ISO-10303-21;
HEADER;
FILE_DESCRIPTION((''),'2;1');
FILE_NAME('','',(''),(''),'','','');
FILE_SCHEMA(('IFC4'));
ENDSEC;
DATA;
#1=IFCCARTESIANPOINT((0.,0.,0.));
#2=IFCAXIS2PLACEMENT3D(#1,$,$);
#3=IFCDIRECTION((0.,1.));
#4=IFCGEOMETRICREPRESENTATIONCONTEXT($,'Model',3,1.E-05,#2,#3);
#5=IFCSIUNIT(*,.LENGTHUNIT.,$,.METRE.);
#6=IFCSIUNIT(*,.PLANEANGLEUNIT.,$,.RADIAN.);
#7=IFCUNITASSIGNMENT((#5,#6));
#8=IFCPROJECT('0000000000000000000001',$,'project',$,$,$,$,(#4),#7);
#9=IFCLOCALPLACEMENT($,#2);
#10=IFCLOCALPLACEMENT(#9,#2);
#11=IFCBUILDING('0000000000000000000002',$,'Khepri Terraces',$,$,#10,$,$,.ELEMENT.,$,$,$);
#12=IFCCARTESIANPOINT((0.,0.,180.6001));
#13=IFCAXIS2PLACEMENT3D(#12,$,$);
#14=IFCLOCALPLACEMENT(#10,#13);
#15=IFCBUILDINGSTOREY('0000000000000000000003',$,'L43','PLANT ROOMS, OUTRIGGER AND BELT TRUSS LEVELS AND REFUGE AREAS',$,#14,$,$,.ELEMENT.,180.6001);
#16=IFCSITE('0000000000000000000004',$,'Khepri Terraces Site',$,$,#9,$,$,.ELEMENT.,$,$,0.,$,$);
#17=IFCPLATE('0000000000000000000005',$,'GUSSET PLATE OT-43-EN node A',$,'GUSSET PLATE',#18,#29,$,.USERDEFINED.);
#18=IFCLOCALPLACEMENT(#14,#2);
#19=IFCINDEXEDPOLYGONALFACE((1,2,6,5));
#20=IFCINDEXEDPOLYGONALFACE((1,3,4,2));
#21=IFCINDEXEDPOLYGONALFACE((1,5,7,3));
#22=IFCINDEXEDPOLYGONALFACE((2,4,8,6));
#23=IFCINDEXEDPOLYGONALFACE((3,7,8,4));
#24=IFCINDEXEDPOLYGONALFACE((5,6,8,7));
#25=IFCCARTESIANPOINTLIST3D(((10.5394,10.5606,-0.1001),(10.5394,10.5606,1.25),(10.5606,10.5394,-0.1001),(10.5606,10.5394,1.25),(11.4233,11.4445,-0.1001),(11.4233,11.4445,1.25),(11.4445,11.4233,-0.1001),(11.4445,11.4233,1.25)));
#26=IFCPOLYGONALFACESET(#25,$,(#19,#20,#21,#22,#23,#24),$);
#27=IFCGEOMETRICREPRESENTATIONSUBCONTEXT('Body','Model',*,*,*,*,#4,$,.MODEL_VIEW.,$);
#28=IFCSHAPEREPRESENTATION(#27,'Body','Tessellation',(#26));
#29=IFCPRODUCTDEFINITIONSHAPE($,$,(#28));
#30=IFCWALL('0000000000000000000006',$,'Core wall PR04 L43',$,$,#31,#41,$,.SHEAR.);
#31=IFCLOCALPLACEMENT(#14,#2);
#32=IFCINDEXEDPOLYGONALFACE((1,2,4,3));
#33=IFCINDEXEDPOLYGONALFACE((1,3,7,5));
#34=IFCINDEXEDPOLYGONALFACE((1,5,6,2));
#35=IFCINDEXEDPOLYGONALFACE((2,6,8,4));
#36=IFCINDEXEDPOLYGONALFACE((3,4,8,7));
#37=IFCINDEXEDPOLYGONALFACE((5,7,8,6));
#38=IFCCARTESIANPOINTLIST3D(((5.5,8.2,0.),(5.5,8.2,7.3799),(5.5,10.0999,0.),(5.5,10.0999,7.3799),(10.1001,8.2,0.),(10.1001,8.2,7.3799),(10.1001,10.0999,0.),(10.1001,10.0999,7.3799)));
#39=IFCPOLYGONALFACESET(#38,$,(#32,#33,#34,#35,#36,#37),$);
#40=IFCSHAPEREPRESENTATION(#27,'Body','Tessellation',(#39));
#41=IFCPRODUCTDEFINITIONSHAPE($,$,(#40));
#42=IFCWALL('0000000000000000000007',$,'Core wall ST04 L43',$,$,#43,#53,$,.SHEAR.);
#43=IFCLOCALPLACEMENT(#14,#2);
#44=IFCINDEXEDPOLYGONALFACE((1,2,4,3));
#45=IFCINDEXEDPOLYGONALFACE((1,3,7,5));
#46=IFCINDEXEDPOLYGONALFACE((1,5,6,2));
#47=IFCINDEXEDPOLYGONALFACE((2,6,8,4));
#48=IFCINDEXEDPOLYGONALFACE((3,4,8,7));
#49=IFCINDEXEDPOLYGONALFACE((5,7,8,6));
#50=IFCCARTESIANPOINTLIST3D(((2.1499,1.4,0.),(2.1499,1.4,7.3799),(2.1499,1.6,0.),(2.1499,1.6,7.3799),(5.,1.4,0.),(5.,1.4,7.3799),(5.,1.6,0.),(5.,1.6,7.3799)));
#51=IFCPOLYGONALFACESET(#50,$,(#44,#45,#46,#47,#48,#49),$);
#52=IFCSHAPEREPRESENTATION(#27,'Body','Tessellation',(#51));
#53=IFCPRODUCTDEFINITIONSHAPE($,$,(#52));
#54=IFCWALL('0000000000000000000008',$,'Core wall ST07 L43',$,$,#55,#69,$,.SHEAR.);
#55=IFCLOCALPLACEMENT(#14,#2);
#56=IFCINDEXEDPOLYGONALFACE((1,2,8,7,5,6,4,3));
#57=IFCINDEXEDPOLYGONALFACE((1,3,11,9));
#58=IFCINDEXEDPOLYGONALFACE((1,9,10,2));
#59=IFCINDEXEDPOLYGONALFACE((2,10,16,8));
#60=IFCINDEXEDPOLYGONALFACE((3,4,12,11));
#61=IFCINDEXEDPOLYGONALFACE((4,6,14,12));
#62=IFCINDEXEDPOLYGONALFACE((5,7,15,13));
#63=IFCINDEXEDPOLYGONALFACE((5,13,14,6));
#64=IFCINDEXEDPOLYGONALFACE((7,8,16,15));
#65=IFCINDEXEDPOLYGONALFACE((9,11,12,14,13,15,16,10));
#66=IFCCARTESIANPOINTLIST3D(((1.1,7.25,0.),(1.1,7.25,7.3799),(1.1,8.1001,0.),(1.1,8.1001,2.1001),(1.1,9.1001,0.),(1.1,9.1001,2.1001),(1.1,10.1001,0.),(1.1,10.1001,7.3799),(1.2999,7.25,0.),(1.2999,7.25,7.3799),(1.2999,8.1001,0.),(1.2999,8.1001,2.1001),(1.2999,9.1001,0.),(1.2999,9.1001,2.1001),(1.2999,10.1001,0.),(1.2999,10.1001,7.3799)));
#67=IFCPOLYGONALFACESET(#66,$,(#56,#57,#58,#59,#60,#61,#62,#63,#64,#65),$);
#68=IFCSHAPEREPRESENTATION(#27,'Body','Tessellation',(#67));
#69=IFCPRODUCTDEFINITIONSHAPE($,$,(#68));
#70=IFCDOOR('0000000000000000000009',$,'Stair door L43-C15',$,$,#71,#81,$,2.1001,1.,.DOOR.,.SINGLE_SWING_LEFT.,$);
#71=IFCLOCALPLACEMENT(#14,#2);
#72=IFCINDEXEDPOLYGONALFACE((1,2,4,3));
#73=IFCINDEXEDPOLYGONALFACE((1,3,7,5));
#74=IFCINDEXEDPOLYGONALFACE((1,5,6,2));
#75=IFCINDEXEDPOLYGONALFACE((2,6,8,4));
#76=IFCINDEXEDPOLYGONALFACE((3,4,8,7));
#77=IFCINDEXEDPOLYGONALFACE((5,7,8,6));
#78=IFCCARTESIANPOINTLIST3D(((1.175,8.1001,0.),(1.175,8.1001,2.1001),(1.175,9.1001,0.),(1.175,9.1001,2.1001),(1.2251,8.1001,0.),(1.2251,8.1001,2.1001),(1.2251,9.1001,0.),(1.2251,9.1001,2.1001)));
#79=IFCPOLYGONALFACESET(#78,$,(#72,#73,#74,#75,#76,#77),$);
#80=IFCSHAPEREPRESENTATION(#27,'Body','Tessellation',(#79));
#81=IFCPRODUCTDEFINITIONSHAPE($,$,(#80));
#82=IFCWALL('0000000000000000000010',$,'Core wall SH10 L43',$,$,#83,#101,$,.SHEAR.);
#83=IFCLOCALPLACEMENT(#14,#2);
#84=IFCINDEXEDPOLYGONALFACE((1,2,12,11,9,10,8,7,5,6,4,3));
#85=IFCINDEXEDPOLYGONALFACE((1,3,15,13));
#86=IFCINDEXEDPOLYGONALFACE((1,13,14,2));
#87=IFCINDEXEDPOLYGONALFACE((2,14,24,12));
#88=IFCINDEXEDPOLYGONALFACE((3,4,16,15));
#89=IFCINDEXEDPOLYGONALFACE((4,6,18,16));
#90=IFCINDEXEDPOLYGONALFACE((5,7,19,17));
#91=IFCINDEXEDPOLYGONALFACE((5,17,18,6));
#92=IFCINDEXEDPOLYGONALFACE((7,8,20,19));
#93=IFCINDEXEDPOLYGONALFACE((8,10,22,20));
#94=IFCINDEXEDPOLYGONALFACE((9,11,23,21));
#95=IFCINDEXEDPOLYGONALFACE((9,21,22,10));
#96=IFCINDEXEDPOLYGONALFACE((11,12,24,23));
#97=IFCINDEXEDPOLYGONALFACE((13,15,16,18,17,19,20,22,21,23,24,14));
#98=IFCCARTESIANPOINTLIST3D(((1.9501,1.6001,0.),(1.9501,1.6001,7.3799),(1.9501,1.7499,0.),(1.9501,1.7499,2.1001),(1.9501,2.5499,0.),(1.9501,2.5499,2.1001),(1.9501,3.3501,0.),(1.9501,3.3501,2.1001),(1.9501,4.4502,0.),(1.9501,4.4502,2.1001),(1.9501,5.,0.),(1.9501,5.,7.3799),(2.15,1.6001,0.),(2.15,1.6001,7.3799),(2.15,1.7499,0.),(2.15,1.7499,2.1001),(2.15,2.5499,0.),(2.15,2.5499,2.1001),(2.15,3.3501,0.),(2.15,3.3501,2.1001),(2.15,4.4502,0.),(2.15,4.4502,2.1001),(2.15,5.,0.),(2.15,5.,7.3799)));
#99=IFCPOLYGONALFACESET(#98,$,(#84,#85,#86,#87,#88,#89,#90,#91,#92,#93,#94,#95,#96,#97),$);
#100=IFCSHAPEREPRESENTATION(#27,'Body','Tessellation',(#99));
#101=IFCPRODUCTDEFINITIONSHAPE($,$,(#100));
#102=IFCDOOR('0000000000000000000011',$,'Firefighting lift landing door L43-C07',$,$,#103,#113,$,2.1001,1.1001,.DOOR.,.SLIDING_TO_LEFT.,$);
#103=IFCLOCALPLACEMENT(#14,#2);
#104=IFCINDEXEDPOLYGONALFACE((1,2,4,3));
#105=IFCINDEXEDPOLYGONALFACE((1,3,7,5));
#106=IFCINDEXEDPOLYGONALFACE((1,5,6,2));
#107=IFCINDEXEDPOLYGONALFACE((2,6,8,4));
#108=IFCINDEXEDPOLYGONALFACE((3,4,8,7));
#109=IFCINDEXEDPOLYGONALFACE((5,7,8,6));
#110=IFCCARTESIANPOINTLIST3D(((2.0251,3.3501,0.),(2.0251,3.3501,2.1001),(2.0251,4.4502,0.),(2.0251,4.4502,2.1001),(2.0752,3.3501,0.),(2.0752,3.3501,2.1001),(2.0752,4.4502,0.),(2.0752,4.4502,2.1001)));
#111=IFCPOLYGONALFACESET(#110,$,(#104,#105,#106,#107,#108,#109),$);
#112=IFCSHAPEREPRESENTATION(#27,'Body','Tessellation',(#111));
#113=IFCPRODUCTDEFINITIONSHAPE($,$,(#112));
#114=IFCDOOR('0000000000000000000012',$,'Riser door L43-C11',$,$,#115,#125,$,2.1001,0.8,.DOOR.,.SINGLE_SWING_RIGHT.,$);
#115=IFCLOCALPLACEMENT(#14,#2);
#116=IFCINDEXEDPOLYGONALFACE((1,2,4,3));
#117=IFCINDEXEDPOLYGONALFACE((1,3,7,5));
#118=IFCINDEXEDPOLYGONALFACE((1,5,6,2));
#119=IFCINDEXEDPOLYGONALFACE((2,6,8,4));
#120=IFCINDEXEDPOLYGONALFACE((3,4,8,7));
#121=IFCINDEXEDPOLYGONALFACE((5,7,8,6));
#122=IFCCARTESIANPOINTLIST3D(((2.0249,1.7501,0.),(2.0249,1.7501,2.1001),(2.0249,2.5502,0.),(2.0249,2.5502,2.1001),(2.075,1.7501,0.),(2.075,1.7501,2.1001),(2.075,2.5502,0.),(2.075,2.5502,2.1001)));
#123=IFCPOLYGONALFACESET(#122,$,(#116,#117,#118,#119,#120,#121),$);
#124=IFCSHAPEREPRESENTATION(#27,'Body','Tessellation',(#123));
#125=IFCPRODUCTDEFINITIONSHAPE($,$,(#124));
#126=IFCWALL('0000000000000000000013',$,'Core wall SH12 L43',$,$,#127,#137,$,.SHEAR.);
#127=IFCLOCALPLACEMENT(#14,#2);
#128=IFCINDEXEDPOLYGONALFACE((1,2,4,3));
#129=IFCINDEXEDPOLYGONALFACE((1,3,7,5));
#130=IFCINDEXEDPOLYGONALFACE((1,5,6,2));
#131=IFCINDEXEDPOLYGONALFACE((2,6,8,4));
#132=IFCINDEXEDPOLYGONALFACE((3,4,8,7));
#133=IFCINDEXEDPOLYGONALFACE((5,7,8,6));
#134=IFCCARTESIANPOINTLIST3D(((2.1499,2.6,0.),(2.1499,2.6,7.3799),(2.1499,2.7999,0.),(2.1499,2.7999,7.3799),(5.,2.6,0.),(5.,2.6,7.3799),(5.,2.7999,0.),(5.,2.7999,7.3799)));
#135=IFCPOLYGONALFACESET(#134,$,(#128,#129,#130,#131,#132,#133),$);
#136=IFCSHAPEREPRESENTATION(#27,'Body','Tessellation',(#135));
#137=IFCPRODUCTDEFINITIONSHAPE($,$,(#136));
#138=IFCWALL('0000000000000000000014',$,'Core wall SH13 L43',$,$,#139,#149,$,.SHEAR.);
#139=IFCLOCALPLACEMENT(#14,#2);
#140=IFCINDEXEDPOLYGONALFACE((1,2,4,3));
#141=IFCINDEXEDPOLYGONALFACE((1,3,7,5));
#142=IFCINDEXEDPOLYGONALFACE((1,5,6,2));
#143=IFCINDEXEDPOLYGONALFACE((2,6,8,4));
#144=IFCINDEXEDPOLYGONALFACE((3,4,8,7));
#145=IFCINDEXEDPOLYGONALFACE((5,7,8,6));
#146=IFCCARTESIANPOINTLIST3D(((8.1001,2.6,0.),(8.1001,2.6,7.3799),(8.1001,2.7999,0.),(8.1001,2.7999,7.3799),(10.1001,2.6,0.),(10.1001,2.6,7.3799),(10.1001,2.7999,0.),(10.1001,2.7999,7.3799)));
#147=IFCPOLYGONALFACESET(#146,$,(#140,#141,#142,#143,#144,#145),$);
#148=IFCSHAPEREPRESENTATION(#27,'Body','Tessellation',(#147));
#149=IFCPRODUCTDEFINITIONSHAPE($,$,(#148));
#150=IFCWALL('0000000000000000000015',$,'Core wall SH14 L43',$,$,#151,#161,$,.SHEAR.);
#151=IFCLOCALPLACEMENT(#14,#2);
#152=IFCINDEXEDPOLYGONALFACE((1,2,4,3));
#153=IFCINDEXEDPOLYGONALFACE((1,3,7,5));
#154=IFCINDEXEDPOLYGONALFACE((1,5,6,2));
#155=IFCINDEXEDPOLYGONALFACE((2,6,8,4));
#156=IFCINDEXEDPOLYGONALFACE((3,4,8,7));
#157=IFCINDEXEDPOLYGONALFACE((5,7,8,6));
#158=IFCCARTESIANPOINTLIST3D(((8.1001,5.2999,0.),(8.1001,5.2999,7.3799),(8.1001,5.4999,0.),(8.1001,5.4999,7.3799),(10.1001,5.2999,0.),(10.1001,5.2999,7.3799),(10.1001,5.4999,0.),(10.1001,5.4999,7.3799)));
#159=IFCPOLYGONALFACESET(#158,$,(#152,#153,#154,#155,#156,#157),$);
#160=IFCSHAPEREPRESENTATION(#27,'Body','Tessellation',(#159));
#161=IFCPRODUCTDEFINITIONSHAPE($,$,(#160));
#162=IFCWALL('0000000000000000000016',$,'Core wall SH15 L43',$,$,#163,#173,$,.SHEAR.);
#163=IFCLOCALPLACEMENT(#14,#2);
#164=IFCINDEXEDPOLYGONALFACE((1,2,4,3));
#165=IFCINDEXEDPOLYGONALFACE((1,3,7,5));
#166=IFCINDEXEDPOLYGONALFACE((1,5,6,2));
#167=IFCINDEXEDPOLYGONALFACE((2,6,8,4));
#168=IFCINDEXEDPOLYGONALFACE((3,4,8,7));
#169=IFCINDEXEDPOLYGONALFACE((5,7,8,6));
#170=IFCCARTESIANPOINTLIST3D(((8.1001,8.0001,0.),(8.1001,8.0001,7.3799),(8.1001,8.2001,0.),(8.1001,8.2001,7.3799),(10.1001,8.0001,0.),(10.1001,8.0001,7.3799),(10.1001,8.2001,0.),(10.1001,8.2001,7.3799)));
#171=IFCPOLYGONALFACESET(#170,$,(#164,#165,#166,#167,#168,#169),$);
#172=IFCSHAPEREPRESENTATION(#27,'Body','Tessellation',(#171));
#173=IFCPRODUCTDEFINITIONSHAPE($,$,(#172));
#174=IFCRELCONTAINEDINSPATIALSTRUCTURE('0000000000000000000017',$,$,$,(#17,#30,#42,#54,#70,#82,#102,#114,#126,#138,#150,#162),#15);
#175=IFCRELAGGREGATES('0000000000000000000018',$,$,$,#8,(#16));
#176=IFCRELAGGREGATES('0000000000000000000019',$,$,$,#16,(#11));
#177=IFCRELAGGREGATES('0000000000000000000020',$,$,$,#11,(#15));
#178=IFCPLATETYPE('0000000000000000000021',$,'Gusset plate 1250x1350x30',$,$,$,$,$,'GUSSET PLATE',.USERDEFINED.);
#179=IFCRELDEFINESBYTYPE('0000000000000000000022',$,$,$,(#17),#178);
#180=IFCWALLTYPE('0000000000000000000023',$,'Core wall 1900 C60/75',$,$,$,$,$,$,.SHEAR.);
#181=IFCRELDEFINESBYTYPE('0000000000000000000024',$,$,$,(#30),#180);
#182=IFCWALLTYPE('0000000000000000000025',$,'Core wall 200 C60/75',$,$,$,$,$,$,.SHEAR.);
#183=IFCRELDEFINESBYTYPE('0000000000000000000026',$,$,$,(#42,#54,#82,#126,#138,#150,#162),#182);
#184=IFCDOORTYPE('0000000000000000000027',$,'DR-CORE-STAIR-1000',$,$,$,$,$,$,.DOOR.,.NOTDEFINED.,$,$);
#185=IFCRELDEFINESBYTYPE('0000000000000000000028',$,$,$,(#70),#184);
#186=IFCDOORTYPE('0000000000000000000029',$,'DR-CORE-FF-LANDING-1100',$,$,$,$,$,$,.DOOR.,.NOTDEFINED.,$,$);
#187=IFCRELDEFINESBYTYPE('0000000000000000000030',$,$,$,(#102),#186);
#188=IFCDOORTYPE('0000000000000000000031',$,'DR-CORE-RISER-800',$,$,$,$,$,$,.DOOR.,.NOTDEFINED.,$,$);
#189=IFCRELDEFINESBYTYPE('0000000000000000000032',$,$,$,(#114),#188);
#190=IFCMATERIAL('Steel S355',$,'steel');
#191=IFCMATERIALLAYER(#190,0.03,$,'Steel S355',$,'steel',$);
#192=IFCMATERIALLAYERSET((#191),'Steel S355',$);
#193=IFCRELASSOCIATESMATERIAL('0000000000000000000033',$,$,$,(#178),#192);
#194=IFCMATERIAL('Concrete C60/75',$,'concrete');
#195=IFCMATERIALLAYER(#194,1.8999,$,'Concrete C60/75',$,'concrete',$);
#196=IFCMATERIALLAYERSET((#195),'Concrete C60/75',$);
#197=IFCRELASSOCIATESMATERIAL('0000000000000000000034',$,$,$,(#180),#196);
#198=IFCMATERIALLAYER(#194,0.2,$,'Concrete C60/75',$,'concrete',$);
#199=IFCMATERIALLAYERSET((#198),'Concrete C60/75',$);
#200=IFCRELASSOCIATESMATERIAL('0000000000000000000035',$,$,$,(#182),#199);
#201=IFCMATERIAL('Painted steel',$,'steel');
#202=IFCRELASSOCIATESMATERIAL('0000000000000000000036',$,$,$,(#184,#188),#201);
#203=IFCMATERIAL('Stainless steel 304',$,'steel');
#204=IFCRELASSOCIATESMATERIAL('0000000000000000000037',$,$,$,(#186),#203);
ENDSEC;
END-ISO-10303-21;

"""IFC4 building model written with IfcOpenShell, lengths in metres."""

from ifc_helpers import new_model, si_unit, direction, frame, frame_2d, origin, origin_2d, place, context, subcontext, project, spatial, rectangle, extrude, material, layer, layer_set, type_object, element, fill, save


model = new_model("IFC4")

# Units and contexts
model_context = context("Model", 3, precision=1e-05, world=origin(), true_north=direction((0.0, 1.0)))
body_context = subcontext(model_context, "Body", "Model", "MODEL_VIEW")
ifc_project = project(units=[si_unit("LENGTHUNIT", "METRE"), si_unit("PLANEANGLEUNIT", "RADIAN")], contexts=[model_context])

# Site, building, storey
site_placement = place(None, origin())
site = spatial("IfcSite", under=ifc_project, at=site_placement, Name="Khepri Terraces Site", CompositionType="ELEMENT", RefElevation=0.0)
building_placement = place(site_placement, origin())
building = spatial("IfcBuilding", under=site, at=building_placement, Name="Khepri Terraces", CompositionType="ELEMENT")
storey_placement = place(building_placement, frame((0.0, 0.0, 180.6001)))
storey = spatial("IfcBuildingStorey", under=building, at=storey_placement, Name="L43", Description="PLANT ROOMS, OUTRIGGER AND BELT TRUSS LEVELS AND REFUGE AREAS", CompositionType="ELEMENT", Elevation=180.6001)

# Shared definitions
ifc_material_1 = material(Name="Steel S355", Category="steel")

# Plate
ifc_layer_1 = layer(ifc_material_1, 0.03, Name="Steel S355", Category="steel")
ifc_layer_set_1 = layer_set([ifc_layer_1], Name="Steel S355")
plate_type_1 = type_object("IfcPlateType", Name="Gusset plate 1250x1350x30", ElementType="GUSSET PLATE", PredefinedType="USERDEFINED", material=ifc_layer_set_1)
plate_placement = place(storey_placement, frame((10.9919, 10.9919, -0.1001), z_axis=(0.0, 0.0, 1.0), x_axis=(0.707107, 0.707107, 0.0)))
element("IfcPlate", 1, at=plate_placement, inside=storey, type_object=plate_type_1, Name="GUSSET PLATE OT-43-EN node A", ObjectType="GUSSET PLATE", PredefinedType="USERDEFINED", context=body_context, shape_type="SweptSolid", body=[
    extrude(rectangle(XDim=1.25, YDim=0.03, at=origin_2d()), origin(), (0.0, 0.0, 1.0), 1.3501),
])

# Walls
ifc_material_2 = material(Name="Concrete C60/75", Category="concrete")
ifc_layer_2 = layer(ifc_material_2, 1.8999, Name="Concrete C60/75", Category="concrete")
ifc_layer_set_2 = layer_set([ifc_layer_2], Name="Concrete C60/75")
wall_type_1 = type_object("IfcWallType", Name="Core wall 1900 C60/75", PredefinedType="SHEAR", material=ifc_layer_set_2)
wall_1_placement = place(storey_placement, frame((5.5, 9.1499, 0.0), z_axis=(0.0, 0.0, 1.0), x_axis=(1.0, 0.0, 0.0)))
element("IfcWall", 2, at=wall_1_placement, inside=storey, type_object=wall_type_1, Name="Core wall PR04 L43", PredefinedType="SHEAR", context=body_context, shape_type="SweptSolid", body=[
    extrude(rectangle(XDim=4.6001, YDim=1.8999, at=frame_2d((2.3, 0.0))), origin(), (0.0, 0.0, 1.0), 7.3799),
])
ifc_layer_3 = layer(ifc_material_2, 0.2, Name="Concrete C60/75", Category="concrete")
ifc_layer_set_3 = layer_set([ifc_layer_3], Name="Concrete C60/75")
wall_type_2 = type_object("IfcWallType", Name="Core wall 200 C60/75", PredefinedType="SHEAR", material=ifc_layer_set_3)
wall_2_placement = place(storey_placement, frame((2.1499, 1.5, 0.0), z_axis=(0.0, 0.0, 1.0), x_axis=(1.0, 0.0, 0.0)))
element("IfcWall", 3, at=wall_2_placement, inside=storey, type_object=wall_type_2, Name="Core wall ST04 L43", PredefinedType="SHEAR", context=body_context, shape_type="SweptSolid", body=[
    extrude(rectangle(XDim=2.8501, YDim=0.2, at=frame_2d((1.425, 0.0))), origin(), (0.0, 0.0, 1.0), 7.3799),
])

# Wall, opening, door
wall_3_placement = place(storey_placement, frame((1.2, 7.25, 0.0), z_axis=(0.0, 0.0, 1.0), x_axis=(0.0, 1.0, 0.0)))
wall_3 = element("IfcWall", 4, at=wall_3_placement, inside=storey, type_object=wall_type_2, Name="Core wall ST07 L43", PredefinedType="SHEAR", context=body_context, shape_type="SweptSolid", body=[
    extrude(rectangle(XDim=2.8501, YDim=0.2, at=frame_2d((1.425, 0.0))), origin(), (0.0, 0.0, 1.0), 7.3799),
])
opening_1_placement = place(wall_3_placement, frame((0.8501, 0.0, 0.0)))
opening_1 = element("IfcOpeningElement", 5, at=opening_1_placement, cuts=wall_3, PredefinedType="OPENING", context=body_context, shape_type="SweptSolid", body=[
    extrude(rectangle(XDim=1.0, YDim=2.1001, at=frame_2d((0.5, 1.05))), frame((0.0, 0.1099, 0.0), z_axis=(0.0, -1.0, 0.0), x_axis=(1.0, 0.0, 0.0)), (0.0, 0.0, 1.0), 0.22),
])
ifc_material_3 = material(Name="Painted steel", Category="steel")
door_type_1 = type_object("IfcDoorType", Name="DR-CORE-STAIR-1000", OperationType="NOTDEFINED", PredefinedType="DOOR", material=ifc_material_3)
door_1_placement = place(opening_1_placement, origin())
door_1 = element("IfcDoor", 6, at=door_1_placement, inside=storey, type_object=door_type_1, Name="Stair door L43-C15", OperationType="SINGLE_SWING_LEFT", OverallHeight=2.1001, OverallWidth=1.0, PredefinedType="DOOR", context=body_context, shape_type="SweptSolid", body=[
    extrude(rectangle(XDim=1.0, YDim=2.1001, at=frame_2d((0.5, 1.05))), frame((0.0, 0.0249, 0.0), z_axis=(0.0, -1.0, 0.0), x_axis=(1.0, 0.0, 0.0)), (0.0, 0.0, 1.0), 0.05),
])
fill(opening_1, door_1)

# Wall, openings, doors
wall_4_placement = place(storey_placement, frame((2.05, 1.6001, 0.0), z_axis=(0.0, 0.0, 1.0), x_axis=(0.0, 1.0, 0.0)))
wall_4 = element("IfcWall", 7, at=wall_4_placement, inside=storey, type_object=wall_type_2, Name="Core wall SH10 L43", PredefinedType="SHEAR", context=body_context, shape_type="SweptSolid", body=[
    extrude(rectangle(XDim=3.3999, YDim=0.2, at=frame_2d((1.7, 0.0))), origin(), (0.0, 0.0, 1.0), 7.3799),
])
opening_2_placement = place(wall_4_placement, frame((1.75, 0.0, 0.0)))
opening_2 = element("IfcOpeningElement", 8, at=opening_2_placement, cuts=wall_4, PredefinedType="OPENING", context=body_context, shape_type="SweptSolid", body=[
    extrude(rectangle(XDim=1.1001, YDim=2.1001, at=frame_2d((0.55, 1.05))), frame((0.0, 0.1099, 0.0), z_axis=(0.0, -1.0, 0.0), x_axis=(1.0, 0.0, 0.0)), (0.0, 0.0, 1.0), 0.22),
])
opening_3_placement = place(wall_4_placement, frame((0.1499, 0.0, 0.0)))
opening_3 = element("IfcOpeningElement", 9, at=opening_3_placement, cuts=wall_4, PredefinedType="OPENING", context=body_context, shape_type="SweptSolid", body=[
    extrude(rectangle(XDim=0.8, YDim=2.1001, at=frame_2d((0.3999, 1.05))), frame((0.0, 0.1099, 0.0), z_axis=(0.0, -1.0, 0.0), x_axis=(1.0, 0.0, 0.0)), (0.0, 0.0, 1.0), 0.22),
])
ifc_material_4 = material(Name="Stainless steel 304", Category="steel")
door_type_2 = type_object("IfcDoorType", Name="DR-CORE-FF-LANDING-1100", OperationType="NOTDEFINED", PredefinedType="DOOR", material=ifc_material_4)
door_2_placement = place(opening_2_placement, origin())
door_2 = element("IfcDoor", 10, at=door_2_placement, inside=storey, type_object=door_type_2, Name="Firefighting lift landing door L43-C07", OperationType="SLIDING_TO_LEFT", OverallHeight=2.1001, OverallWidth=1.1001, PredefinedType="DOOR", context=body_context, shape_type="SweptSolid", body=[
    extrude(rectangle(XDim=1.1001, YDim=2.1001, at=frame_2d((0.55, 1.05))), frame((0.0, 0.0249, 0.0), z_axis=(0.0, -1.0, 0.0), x_axis=(1.0, 0.0, 0.0)), (0.0, 0.0, 1.0), 0.05),
])
fill(opening_2, door_2)
door_type_3 = type_object("IfcDoorType", Name="DR-CORE-RISER-800", OperationType="NOTDEFINED", PredefinedType="DOOR", material=ifc_material_3)
door_3_placement = place(opening_3_placement, frame((0.8, 0.0, 0.0), z_axis=(0.0, 0.0, 1.0), x_axis=(-1.0, 0.0, 0.0)))
door_3 = element("IfcDoor", 11, at=door_3_placement, inside=storey, type_object=door_type_3, Name="Riser door L43-C11", OperationType="SINGLE_SWING_RIGHT", OverallHeight=2.1001, OverallWidth=0.8, PredefinedType="DOOR", context=body_context, shape_type="SweptSolid", body=[
    extrude(rectangle(XDim=0.8, YDim=2.1001, at=frame_2d((0.3999, 1.05))), frame((0.0, 0.0249, 0.0), z_axis=(0.0, -1.0, 0.0), x_axis=(1.0, 0.0, 0.0)), (0.0, 0.0, 1.0), 0.05),
])
fill(opening_3, door_3)

# Walls
wall_5_placement = place(storey_placement, frame((2.1499, 2.7, 0.0), z_axis=(0.0, 0.0, 1.0), x_axis=(1.0, 0.0, 0.0)))
element("IfcWall", 12, at=wall_5_placement, inside=storey, type_object=wall_type_2, Name="Core wall SH12 L43", PredefinedType="SHEAR", context=body_context, shape_type="SweptSolid", body=[
    extrude(rectangle(XDim=2.8501, YDim=0.2, at=frame_2d((1.425, 0.0))), origin(), (0.0, 0.0, 1.0), 7.3799),
])
for number, where, z_axis, x_axis, name in (
    (13, (8.1001, 2.7, 0.0), (0.0, 0.0, 1.0), (1.0, 0.0, 0.0), "Core wall SH13 L43"),
    (14, (8.1001, 5.3999, 0.0), (0.0, 0.0, 1.0), (1.0, 0.0, 0.0), "Core wall SH14 L43"),
    (15, (8.1001, 8.1001, 0.0), (0.0, 0.0, 1.0), (1.0, 0.0, 0.0), "Core wall SH15 L43"),
):
    element("IfcWall", number, at=place(storey_placement, frame(where, z_axis=z_axis, x_axis=x_axis)), inside=storey, type_object=wall_type_2, Name=name, PredefinedType="SHEAR", context=body_context, shape_type="SweptSolid", body=[
        extrude(rectangle(XDim=2.0, YDim=0.2, at=frame_2d((1.0, 0.0))), origin(), (0.0, 0.0, 1.0), 7.3799),
    ])

save(model, "model.ifc")
